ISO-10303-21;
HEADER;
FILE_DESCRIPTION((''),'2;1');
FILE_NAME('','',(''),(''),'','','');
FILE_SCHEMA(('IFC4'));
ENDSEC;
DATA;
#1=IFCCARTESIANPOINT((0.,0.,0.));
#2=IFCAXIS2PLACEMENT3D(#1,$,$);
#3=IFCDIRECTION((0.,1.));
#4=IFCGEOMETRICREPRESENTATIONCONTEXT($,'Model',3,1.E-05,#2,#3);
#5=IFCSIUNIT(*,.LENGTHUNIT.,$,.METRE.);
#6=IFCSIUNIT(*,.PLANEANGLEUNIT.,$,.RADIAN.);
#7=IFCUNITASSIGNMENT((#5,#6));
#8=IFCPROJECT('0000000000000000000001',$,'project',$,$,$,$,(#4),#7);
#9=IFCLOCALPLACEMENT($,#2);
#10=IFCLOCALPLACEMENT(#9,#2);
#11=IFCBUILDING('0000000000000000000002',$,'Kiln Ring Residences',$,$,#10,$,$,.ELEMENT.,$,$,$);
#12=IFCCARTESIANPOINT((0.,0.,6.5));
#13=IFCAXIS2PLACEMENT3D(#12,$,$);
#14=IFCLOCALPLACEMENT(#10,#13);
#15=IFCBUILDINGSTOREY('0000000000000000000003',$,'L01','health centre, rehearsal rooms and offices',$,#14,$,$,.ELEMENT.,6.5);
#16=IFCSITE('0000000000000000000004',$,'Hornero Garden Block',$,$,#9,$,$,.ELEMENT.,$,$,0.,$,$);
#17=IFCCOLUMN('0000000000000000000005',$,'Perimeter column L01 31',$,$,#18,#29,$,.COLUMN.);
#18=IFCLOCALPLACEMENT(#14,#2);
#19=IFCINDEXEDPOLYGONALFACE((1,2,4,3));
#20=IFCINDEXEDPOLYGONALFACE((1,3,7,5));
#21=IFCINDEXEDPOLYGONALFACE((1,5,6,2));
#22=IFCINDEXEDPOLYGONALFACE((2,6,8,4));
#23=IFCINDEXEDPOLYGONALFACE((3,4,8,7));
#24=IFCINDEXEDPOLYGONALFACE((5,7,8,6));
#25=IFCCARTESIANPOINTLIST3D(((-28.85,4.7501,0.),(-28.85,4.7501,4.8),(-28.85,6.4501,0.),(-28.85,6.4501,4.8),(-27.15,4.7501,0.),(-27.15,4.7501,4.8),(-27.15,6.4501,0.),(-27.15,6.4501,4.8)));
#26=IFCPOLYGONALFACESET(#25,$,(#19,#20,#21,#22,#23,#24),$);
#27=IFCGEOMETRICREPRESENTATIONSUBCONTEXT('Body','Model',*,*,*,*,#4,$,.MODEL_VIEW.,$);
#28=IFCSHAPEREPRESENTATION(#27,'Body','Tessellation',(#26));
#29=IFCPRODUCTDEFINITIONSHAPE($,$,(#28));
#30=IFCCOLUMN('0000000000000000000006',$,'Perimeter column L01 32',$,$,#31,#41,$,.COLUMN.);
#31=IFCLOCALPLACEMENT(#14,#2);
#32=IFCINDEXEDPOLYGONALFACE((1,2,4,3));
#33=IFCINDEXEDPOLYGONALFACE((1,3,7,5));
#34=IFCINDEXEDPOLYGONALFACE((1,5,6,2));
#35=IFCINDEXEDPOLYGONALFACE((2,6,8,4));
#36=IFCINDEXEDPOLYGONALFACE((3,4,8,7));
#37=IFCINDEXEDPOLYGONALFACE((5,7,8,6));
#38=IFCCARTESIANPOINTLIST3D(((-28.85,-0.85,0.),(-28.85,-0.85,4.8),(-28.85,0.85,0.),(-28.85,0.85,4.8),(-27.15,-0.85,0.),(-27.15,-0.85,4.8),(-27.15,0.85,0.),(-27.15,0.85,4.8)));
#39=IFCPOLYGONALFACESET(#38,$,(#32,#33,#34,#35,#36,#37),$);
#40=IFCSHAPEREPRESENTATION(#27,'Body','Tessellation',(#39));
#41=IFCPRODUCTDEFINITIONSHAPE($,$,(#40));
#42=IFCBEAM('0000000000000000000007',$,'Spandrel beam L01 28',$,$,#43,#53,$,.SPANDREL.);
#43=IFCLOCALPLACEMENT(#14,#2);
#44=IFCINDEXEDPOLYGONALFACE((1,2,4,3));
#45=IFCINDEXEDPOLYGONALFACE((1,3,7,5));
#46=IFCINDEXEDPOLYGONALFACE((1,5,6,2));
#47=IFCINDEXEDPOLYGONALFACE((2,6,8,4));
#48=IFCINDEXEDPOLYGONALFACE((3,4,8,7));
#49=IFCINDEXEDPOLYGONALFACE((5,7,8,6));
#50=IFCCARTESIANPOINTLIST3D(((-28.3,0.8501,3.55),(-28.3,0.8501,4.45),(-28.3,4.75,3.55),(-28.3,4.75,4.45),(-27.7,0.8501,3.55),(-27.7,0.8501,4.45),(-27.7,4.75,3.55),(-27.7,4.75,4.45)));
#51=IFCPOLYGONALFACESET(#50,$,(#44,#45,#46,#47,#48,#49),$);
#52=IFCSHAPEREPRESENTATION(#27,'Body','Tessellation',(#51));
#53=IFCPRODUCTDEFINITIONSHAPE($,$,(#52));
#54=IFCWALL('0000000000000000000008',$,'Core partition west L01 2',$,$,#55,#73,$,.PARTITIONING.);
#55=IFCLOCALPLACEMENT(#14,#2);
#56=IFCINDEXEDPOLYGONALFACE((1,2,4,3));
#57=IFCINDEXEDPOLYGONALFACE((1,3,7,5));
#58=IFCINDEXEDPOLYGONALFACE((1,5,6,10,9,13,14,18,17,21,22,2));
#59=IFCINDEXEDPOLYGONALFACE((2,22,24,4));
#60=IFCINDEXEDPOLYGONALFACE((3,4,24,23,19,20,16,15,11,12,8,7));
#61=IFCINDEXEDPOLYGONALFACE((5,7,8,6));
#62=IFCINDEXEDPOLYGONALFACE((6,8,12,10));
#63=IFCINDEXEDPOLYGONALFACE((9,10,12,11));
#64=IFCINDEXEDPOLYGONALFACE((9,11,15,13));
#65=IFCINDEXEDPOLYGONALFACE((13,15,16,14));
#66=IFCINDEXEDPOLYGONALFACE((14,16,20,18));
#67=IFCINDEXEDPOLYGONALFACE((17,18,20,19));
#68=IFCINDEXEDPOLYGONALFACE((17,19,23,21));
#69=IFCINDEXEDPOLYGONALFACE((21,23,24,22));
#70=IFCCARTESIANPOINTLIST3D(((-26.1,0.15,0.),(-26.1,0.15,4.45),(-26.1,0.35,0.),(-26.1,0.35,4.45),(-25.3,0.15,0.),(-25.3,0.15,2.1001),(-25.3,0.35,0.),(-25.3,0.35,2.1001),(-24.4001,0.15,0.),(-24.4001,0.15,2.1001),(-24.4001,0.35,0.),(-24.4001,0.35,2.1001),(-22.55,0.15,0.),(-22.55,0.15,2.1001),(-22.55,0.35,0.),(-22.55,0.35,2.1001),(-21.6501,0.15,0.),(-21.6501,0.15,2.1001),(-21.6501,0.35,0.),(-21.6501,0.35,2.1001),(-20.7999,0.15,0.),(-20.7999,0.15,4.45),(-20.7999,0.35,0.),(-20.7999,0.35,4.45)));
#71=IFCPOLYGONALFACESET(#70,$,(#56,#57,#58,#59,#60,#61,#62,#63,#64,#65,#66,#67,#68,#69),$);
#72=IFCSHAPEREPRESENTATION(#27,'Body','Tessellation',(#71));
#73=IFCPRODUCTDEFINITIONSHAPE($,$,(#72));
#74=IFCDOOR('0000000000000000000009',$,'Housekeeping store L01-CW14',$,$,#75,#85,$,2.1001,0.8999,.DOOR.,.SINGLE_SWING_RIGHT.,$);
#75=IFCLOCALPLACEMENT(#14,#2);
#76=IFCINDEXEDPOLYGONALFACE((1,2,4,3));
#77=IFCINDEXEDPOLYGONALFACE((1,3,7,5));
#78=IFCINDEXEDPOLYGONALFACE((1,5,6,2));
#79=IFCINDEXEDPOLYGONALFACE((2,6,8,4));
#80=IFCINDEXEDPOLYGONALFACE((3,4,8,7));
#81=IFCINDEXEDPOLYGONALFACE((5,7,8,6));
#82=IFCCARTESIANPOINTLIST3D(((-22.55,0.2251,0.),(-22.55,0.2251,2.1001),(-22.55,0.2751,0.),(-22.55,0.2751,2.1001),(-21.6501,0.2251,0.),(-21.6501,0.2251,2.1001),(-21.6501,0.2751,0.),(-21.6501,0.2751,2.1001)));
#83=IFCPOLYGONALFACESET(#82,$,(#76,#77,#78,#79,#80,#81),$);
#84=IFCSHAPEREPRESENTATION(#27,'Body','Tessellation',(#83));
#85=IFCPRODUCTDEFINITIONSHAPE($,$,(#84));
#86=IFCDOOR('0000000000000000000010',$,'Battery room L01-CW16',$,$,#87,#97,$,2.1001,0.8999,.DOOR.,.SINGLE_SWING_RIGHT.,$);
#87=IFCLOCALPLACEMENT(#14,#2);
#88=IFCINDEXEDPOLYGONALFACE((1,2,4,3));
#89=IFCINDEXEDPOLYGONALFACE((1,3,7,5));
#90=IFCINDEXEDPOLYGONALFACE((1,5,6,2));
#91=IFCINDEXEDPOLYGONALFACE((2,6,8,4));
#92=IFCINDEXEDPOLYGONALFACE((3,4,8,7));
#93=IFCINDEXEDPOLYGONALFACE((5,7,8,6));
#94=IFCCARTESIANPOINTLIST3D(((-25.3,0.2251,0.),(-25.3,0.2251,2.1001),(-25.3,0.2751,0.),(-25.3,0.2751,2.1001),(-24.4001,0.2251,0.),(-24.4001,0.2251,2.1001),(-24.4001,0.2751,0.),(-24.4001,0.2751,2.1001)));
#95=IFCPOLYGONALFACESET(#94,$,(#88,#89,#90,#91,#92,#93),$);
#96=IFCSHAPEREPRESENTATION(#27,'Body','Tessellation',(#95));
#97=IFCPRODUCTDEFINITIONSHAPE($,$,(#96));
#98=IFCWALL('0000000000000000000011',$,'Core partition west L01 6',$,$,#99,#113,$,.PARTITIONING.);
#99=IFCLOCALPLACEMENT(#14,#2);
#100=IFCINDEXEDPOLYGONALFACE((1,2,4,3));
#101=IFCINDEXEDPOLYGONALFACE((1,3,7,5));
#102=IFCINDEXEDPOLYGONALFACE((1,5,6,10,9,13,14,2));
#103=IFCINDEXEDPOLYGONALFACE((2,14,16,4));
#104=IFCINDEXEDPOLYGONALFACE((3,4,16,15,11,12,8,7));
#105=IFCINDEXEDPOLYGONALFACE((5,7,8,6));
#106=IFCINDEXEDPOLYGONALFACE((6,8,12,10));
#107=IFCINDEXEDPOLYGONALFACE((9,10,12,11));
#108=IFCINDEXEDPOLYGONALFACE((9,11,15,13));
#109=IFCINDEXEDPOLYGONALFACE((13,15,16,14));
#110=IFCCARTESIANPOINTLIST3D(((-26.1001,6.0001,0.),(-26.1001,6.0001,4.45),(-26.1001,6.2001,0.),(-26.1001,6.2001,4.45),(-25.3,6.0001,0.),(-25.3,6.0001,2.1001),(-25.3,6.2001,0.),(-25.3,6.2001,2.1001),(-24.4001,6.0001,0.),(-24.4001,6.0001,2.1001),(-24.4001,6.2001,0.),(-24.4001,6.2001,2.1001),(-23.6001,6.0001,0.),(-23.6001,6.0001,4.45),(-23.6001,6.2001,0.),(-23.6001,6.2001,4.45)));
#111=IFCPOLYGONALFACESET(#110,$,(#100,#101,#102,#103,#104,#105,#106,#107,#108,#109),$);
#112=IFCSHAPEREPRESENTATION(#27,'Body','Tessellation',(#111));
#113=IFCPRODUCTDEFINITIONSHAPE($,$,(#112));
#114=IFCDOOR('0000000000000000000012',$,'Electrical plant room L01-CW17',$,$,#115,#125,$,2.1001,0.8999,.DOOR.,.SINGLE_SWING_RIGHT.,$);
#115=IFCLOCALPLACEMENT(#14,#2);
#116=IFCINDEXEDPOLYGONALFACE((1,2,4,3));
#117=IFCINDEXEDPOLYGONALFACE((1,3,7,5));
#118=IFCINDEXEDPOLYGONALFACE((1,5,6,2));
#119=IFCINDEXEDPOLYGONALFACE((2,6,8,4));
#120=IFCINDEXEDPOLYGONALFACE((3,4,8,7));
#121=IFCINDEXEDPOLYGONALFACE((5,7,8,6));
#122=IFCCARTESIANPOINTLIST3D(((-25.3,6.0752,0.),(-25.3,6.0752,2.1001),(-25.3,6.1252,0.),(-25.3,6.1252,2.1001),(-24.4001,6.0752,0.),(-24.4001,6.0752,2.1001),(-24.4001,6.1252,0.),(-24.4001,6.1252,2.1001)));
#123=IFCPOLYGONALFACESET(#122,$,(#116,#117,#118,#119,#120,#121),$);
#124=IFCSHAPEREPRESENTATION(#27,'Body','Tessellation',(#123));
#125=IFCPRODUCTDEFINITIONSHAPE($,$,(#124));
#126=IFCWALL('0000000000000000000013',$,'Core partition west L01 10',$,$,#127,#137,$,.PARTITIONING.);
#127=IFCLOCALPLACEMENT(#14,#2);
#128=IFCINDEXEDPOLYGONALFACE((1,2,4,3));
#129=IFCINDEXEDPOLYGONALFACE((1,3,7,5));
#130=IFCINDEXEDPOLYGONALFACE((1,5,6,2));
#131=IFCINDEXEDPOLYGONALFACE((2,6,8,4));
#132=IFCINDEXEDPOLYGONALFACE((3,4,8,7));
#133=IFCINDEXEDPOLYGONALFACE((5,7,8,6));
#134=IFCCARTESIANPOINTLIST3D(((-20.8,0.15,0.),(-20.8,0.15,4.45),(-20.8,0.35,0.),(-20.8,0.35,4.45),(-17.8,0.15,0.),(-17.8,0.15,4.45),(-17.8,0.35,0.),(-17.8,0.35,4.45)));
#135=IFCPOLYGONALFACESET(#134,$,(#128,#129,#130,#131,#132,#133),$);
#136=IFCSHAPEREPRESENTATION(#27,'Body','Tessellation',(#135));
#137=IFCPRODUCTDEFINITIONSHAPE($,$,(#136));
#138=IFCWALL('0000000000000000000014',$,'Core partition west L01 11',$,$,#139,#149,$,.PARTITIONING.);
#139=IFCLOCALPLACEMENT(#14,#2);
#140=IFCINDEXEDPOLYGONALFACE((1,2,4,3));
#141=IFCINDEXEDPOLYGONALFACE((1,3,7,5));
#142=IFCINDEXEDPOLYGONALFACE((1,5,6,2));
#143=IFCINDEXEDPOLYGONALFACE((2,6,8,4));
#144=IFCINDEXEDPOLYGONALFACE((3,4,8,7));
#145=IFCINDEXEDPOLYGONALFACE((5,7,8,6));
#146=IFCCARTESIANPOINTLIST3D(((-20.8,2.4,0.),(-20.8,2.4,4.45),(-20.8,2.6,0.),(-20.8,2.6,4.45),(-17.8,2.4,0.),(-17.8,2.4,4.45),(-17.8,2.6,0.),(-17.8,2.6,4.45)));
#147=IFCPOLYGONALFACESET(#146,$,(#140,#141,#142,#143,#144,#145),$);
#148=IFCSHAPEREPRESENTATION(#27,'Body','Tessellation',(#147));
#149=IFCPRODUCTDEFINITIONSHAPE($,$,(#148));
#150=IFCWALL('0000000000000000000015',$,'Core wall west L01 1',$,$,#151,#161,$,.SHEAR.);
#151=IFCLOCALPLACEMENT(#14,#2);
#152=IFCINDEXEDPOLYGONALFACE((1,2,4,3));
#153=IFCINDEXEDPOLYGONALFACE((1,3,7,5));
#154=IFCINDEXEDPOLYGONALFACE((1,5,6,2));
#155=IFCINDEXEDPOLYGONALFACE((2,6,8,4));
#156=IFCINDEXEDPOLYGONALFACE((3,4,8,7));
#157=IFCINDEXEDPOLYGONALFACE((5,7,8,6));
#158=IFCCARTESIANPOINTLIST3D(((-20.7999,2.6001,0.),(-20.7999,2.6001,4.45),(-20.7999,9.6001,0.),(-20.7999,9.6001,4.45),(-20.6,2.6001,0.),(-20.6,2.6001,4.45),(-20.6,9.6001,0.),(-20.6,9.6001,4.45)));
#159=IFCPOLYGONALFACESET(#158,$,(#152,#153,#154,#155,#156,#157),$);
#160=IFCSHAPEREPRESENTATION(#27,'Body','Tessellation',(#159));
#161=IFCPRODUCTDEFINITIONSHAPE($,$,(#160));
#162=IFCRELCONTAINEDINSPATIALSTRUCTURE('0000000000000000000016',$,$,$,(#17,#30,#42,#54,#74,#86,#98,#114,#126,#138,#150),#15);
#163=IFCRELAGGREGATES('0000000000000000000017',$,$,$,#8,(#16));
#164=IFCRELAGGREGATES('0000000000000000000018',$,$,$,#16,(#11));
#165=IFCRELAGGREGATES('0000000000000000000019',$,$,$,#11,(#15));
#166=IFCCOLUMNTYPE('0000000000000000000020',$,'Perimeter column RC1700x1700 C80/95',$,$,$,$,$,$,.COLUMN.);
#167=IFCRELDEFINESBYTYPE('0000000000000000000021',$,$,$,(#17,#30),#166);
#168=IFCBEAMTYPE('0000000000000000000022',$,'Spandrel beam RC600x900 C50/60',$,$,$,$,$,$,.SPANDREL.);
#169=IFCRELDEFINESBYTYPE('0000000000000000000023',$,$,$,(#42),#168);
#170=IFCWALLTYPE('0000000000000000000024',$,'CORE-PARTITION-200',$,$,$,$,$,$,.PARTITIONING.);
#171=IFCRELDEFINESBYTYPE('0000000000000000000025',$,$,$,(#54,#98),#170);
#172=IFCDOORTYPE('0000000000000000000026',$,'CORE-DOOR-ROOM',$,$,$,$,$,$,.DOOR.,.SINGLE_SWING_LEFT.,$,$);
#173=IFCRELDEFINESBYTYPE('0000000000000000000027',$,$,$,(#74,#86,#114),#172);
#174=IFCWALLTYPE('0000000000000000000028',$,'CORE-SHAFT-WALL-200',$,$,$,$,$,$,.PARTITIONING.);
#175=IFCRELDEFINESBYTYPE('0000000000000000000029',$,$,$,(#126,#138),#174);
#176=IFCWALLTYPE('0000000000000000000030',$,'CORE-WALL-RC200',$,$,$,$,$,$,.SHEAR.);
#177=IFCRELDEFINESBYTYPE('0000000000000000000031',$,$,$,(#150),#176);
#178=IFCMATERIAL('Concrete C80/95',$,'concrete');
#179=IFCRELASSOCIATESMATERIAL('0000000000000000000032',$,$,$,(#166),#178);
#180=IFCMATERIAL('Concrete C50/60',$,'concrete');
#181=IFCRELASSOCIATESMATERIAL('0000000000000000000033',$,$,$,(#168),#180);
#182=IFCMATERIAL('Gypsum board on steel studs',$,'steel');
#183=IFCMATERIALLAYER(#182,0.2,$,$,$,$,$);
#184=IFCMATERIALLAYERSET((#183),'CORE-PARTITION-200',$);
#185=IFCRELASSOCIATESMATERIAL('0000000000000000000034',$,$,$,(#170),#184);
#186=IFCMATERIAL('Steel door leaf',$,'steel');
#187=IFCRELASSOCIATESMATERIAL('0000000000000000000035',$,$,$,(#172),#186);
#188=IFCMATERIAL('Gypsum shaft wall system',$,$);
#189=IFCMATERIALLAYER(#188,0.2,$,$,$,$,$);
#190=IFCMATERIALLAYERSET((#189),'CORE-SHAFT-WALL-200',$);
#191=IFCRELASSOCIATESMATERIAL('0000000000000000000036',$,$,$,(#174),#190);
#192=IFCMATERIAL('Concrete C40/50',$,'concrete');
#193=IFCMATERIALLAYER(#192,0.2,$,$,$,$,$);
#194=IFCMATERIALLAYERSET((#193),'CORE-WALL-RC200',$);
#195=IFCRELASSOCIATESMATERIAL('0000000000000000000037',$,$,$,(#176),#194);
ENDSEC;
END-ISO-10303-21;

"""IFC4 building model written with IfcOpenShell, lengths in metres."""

from ifc_helpers import new_model, si_unit, direction, frame, frame_2d, origin, origin_2d, place, context, subcontext, project, spatial, rectangle, extrude, material, layer, layer_set, material_profile, profile_set, type_object, element, fill, save


model = new_model("IFC4")

# Units and contexts
model_context = context("Model", 3, precision=1e-05, world=origin(), true_north=direction((0.0, 1.0)))
body_context = subcontext(model_context, "Body", "Model", "MODEL_VIEW")
ifc_project = project(units=[si_unit("LENGTHUNIT", "METRE"), si_unit("PLANEANGLEUNIT", "RADIAN")], contexts=[model_context])

# Site, building, storey
site_placement = place(None, origin())
site = spatial("IfcSite", under=ifc_project, at=site_placement, Name="Hornero Garden Block", CompositionType="ELEMENT", RefElevation=0.0)
building_placement = place(site_placement, origin())
building = spatial("IfcBuilding", under=site, at=building_placement, Name="Kiln Ring Residences", CompositionType="ELEMENT")
storey_placement = place(building_placement, frame((0.0, 0.0, 6.5)))
storey = spatial("IfcBuildingStorey", under=building, at=storey_placement, Name="L01", Description="health centre, rehearsal rooms and offices", CompositionType="ELEMENT", Elevation=6.5)

# Columns
ifc_material_1 = material(Name="Concrete C80/95", Category="concrete")
ifc_material_profile_1 = material_profile(ifc_material_1, rectangle(XDim=1.7, YDim=1.7, at=origin_2d()), Name="RC1700x1700")
ifc_profile_set_1 = profile_set([ifc_material_profile_1], Name="Concrete C80/95")
column_type = type_object("IfcColumnType", Name="Perimeter column RC1700x1700 C80/95", PredefinedType="COLUMN", material=ifc_profile_set_1)
for number, where, z_axis, x_axis, name in (
    (1, (-28.0, 5.6001, 0.0), (0.0, 0.0, 1.0), (1.0, 0.0, 0.0), "Perimeter column L01 31"),
    (2, (-28.0, 0.0, 0.0), (0.0, 0.0, 1.0), (1.0, 0.0, 0.0), "Perimeter column L01 32"),
):
    element("IfcColumn", number, at=place(storey_placement, frame(where, z_axis=z_axis, x_axis=x_axis)), inside=storey, type_object=column_type, Name=name, PredefinedType="COLUMN", context=body_context, shape_type="SweptSolid", body=[
        extrude(rectangle(XDim=1.7, YDim=1.7, at=origin_2d()), origin(), (0.0, 0.0, 1.0), 4.8),
    ])

# Beam
ifc_material_2 = material(Name="Concrete C50/60", Category="concrete")
ifc_material_profile_2 = material_profile(ifc_material_2, rectangle(XDim=0.6001, YDim=0.8999, at=origin_2d()), Name="RC600x900")
ifc_profile_set_2 = profile_set([ifc_material_profile_2], Name="Concrete C50/60")
beam_type = type_object("IfcBeamType", Name="Spandrel beam RC600x900 C50/60", PredefinedType="SPANDREL", material=ifc_profile_set_2)
beam_placement = place(storey_placement, frame((-28.0, 4.75, 4.0), z_axis=(0.0, -1.0, 0.0), x_axis=(1.0, 0.0, 0.0)))
element("IfcBeam", 3, at=beam_placement, inside=storey, type_object=beam_type, Name="Spandrel beam L01 28", PredefinedType="SPANDREL", context=body_context, shape_type="SweptSolid", body=[
    extrude(rectangle(XDim=0.6001, YDim=0.8999, at=origin_2d()), origin(), (0.0, 0.0, 1.0), 3.8999),
])

# Wall, openings, doors
ifc_material_3 = material(Name="Gypsum board on steel studs", Category="steel")
ifc_layer_1 = layer(ifc_material_3, 0.2)
ifc_layer_set_1 = layer_set([ifc_layer_1], Name="CORE-PARTITION-200")
wall_type_1 = type_object("IfcWallType", Name="CORE-PARTITION-200", PredefinedType="PARTITIONING", material=ifc_layer_set_1)
wall_1_placement = place(storey_placement, frame((-20.8, 0.25, 0.0), z_axis=(0.0, 0.0, 1.0), x_axis=(-1.0, 0.0, 0.0)))
wall_1 = element("IfcWall", 4, at=wall_1_placement, inside=storey, type_object=wall_type_1, Name="Core partition west L01 2", PredefinedType="PARTITIONING", context=body_context, shape_type="SweptSolid", body=[
    extrude(rectangle(XDim=5.3, YDim=0.2, at=frame_2d((2.6499, 0.0))), origin(), (0.0, 0.0, 1.0), 4.45),
])
opening_1_placement = place(wall_1_placement, frame((0.8501, 0.0, 0.0)))
opening_1 = element("IfcOpeningElement", 5, at=opening_1_placement, cuts=wall_1, PredefinedType="OPENING", context=body_context, shape_type="SweptSolid", body=[
    extrude(rectangle(XDim=0.8999, YDim=2.1001, at=frame_2d((0.45, 1.05))), frame((0.0, 0.1099, 0.0), z_axis=(0.0, -1.0, 0.0), x_axis=(1.0, 0.0, 0.0)), (0.0, 0.0, 1.0), 0.22),
])
opening_2_placement = place(wall_1_placement, frame((3.6001, 0.0, 0.0)))
opening_2 = element("IfcOpeningElement", 6, at=opening_2_placement, cuts=wall_1, PredefinedType="OPENING", context=body_context, shape_type="SweptSolid", body=[
    extrude(rectangle(XDim=0.8999, YDim=2.1001, at=frame_2d((0.45, 1.05))), frame((0.0, 0.1099, 0.0), z_axis=(0.0, -1.0, 0.0), x_axis=(1.0, 0.0, 0.0)), (0.0, 0.0, 1.0), 0.22),
])
ifc_material_4 = material(Name="Steel door leaf", Category="steel")
door_type = type_object("IfcDoorType", Name="CORE-DOOR-ROOM", OperationType="SINGLE_SWING_LEFT", PredefinedType="DOOR", material=ifc_material_4)
door_1_placement = place(opening_1_placement, origin())
door_1 = element("IfcDoor", 7, at=door_1_placement, inside=storey, type_object=door_type, Name="Housekeeping store L01-CW14", OperationType="SINGLE_SWING_RIGHT", OverallHeight=2.1001, OverallWidth=0.8999, PredefinedType="DOOR", context=body_context, shape_type="SweptSolid", body=[
    extrude(rectangle(XDim=0.8999, YDim=2.1001, at=frame_2d((0.45, 1.05))), frame((0.0, 0.0249, 0.0), z_axis=(0.0, -1.0, 0.0), x_axis=(1.0, 0.0, 0.0)), (0.0, 0.0, 1.0), 0.05),
])
fill(opening_1, door_1)
door_2_placement = place(opening_2_placement, origin())
door_2 = element("IfcDoor", 8, at=door_2_placement, inside=storey, type_object=door_type, Name="Battery room L01-CW16", OperationType="SINGLE_SWING_RIGHT", OverallHeight=2.1001, OverallWidth=0.8999, PredefinedType="DOOR", context=body_context, shape_type="SweptSolid", body=[
    extrude(rectangle(XDim=0.8999, YDim=2.1001, at=frame_2d((0.45, 1.05))), frame((0.0, 0.0249, 0.0), z_axis=(0.0, -1.0, 0.0), x_axis=(1.0, 0.0, 0.0)), (0.0, 0.0, 1.0), 0.05),
])
fill(opening_2, door_2)

# Wall, opening, door
wall_2_placement = place(storey_placement, frame((-23.6001, 6.1001, 0.0), z_axis=(0.0, 0.0, 1.0), x_axis=(-1.0, 0.0, 0.0)))
wall_2 = element("IfcWall", 9, at=wall_2_placement, inside=storey, type_object=wall_type_1, Name="Core partition west L01 6", PredefinedType="PARTITIONING", context=body_context, shape_type="SweptSolid", body=[
    extrude(rectangle(XDim=2.5, YDim=0.2, at=frame_2d((1.25, 0.0))), origin(), (0.0, 0.0, 1.0), 4.45),
])
opening_3_placement = place(wall_2_placement, frame((0.8, 0.0, 0.0)))
opening_3 = element("IfcOpeningElement", 10, at=opening_3_placement, cuts=wall_2, PredefinedType="OPENING", context=body_context, shape_type="SweptSolid", body=[
    extrude(rectangle(XDim=0.8999, YDim=2.1001, at=frame_2d((0.45, 1.05))), frame((0.0, 0.1099, 0.0), z_axis=(0.0, -1.0, 0.0), x_axis=(1.0, 0.0, 0.0)), (0.0, 0.0, 1.0), 0.22),
])
door_3_placement = place(opening_3_placement, origin())
door_3 = element("IfcDoor", 11, at=door_3_placement, inside=storey, type_object=door_type, Name="Electrical plant room L01-CW17", OperationType="SINGLE_SWING_RIGHT", OverallHeight=2.1001, OverallWidth=0.8999, PredefinedType="DOOR", context=body_context, shape_type="SweptSolid", body=[
    extrude(rectangle(XDim=0.8999, YDim=2.1001, at=frame_2d((0.45, 1.05))), frame((0.0, 0.0249, 0.0), z_axis=(0.0, -1.0, 0.0), x_axis=(1.0, 0.0, 0.0)), (0.0, 0.0, 1.0), 0.05),
])
fill(opening_3, door_3)

# Walls
ifc_material_5 = material(Name="Gypsum shaft wall system")
ifc_layer_2 = layer(ifc_material_5, 0.2)
ifc_layer_set_2 = layer_set([ifc_layer_2], Name="CORE-SHAFT-WALL-200")
wall_type_2 = type_object("IfcWallType", Name="CORE-SHAFT-WALL-200", PredefinedType="PARTITIONING", material=ifc_layer_set_2)
for number, where, z_axis, x_axis, name in (
    (12, (-17.8, 0.25, 0.0), (0.0, 0.0, 1.0), (-1.0, 0.0, 0.0), "Core partition west L01 10"),
    (13, (-17.8, 2.5, 0.0), (0.0, 0.0, 1.0), (-1.0, 0.0, 0.0), "Core partition west L01 11"),
):
    element("IfcWall", number, at=place(storey_placement, frame(where, z_axis=z_axis, x_axis=x_axis)), inside=storey, type_object=wall_type_2, Name=name, PredefinedType="PARTITIONING", context=body_context, shape_type="SweptSolid", body=[
        extrude(rectangle(XDim=3.0, YDim=0.2, at=frame_2d((1.5, 0.0))), origin(), (0.0, 0.0, 1.0), 4.45),
    ])
ifc_material_6 = material(Name="Concrete C40/50", Category="concrete")
ifc_layer_3 = layer(ifc_material_6, 0.2)
ifc_layer_set_3 = layer_set([ifc_layer_3], Name="CORE-WALL-RC200")
wall_type_3 = type_object("IfcWallType", Name="CORE-WALL-RC200", PredefinedType="SHEAR", material=ifc_layer_set_3)
wall_3_placement = place(storey_placement, frame((-20.7, 2.6001, 0.0), z_axis=(0.0, 0.0, 1.0), x_axis=(0.0, 1.0, 0.0)))
element("IfcWall", 14, at=wall_3_placement, inside=storey, type_object=wall_type_3, Name="Core wall west L01 1", PredefinedType="SHEAR", context=body_context, shape_type="SweptSolid", body=[
    extrude(rectangle(XDim=7.0, YDim=0.2, at=frame_2d((3.5, 0.0))), origin(), (0.0, 0.0, 1.0), 4.45),
])

save(model, "model.ifc")
